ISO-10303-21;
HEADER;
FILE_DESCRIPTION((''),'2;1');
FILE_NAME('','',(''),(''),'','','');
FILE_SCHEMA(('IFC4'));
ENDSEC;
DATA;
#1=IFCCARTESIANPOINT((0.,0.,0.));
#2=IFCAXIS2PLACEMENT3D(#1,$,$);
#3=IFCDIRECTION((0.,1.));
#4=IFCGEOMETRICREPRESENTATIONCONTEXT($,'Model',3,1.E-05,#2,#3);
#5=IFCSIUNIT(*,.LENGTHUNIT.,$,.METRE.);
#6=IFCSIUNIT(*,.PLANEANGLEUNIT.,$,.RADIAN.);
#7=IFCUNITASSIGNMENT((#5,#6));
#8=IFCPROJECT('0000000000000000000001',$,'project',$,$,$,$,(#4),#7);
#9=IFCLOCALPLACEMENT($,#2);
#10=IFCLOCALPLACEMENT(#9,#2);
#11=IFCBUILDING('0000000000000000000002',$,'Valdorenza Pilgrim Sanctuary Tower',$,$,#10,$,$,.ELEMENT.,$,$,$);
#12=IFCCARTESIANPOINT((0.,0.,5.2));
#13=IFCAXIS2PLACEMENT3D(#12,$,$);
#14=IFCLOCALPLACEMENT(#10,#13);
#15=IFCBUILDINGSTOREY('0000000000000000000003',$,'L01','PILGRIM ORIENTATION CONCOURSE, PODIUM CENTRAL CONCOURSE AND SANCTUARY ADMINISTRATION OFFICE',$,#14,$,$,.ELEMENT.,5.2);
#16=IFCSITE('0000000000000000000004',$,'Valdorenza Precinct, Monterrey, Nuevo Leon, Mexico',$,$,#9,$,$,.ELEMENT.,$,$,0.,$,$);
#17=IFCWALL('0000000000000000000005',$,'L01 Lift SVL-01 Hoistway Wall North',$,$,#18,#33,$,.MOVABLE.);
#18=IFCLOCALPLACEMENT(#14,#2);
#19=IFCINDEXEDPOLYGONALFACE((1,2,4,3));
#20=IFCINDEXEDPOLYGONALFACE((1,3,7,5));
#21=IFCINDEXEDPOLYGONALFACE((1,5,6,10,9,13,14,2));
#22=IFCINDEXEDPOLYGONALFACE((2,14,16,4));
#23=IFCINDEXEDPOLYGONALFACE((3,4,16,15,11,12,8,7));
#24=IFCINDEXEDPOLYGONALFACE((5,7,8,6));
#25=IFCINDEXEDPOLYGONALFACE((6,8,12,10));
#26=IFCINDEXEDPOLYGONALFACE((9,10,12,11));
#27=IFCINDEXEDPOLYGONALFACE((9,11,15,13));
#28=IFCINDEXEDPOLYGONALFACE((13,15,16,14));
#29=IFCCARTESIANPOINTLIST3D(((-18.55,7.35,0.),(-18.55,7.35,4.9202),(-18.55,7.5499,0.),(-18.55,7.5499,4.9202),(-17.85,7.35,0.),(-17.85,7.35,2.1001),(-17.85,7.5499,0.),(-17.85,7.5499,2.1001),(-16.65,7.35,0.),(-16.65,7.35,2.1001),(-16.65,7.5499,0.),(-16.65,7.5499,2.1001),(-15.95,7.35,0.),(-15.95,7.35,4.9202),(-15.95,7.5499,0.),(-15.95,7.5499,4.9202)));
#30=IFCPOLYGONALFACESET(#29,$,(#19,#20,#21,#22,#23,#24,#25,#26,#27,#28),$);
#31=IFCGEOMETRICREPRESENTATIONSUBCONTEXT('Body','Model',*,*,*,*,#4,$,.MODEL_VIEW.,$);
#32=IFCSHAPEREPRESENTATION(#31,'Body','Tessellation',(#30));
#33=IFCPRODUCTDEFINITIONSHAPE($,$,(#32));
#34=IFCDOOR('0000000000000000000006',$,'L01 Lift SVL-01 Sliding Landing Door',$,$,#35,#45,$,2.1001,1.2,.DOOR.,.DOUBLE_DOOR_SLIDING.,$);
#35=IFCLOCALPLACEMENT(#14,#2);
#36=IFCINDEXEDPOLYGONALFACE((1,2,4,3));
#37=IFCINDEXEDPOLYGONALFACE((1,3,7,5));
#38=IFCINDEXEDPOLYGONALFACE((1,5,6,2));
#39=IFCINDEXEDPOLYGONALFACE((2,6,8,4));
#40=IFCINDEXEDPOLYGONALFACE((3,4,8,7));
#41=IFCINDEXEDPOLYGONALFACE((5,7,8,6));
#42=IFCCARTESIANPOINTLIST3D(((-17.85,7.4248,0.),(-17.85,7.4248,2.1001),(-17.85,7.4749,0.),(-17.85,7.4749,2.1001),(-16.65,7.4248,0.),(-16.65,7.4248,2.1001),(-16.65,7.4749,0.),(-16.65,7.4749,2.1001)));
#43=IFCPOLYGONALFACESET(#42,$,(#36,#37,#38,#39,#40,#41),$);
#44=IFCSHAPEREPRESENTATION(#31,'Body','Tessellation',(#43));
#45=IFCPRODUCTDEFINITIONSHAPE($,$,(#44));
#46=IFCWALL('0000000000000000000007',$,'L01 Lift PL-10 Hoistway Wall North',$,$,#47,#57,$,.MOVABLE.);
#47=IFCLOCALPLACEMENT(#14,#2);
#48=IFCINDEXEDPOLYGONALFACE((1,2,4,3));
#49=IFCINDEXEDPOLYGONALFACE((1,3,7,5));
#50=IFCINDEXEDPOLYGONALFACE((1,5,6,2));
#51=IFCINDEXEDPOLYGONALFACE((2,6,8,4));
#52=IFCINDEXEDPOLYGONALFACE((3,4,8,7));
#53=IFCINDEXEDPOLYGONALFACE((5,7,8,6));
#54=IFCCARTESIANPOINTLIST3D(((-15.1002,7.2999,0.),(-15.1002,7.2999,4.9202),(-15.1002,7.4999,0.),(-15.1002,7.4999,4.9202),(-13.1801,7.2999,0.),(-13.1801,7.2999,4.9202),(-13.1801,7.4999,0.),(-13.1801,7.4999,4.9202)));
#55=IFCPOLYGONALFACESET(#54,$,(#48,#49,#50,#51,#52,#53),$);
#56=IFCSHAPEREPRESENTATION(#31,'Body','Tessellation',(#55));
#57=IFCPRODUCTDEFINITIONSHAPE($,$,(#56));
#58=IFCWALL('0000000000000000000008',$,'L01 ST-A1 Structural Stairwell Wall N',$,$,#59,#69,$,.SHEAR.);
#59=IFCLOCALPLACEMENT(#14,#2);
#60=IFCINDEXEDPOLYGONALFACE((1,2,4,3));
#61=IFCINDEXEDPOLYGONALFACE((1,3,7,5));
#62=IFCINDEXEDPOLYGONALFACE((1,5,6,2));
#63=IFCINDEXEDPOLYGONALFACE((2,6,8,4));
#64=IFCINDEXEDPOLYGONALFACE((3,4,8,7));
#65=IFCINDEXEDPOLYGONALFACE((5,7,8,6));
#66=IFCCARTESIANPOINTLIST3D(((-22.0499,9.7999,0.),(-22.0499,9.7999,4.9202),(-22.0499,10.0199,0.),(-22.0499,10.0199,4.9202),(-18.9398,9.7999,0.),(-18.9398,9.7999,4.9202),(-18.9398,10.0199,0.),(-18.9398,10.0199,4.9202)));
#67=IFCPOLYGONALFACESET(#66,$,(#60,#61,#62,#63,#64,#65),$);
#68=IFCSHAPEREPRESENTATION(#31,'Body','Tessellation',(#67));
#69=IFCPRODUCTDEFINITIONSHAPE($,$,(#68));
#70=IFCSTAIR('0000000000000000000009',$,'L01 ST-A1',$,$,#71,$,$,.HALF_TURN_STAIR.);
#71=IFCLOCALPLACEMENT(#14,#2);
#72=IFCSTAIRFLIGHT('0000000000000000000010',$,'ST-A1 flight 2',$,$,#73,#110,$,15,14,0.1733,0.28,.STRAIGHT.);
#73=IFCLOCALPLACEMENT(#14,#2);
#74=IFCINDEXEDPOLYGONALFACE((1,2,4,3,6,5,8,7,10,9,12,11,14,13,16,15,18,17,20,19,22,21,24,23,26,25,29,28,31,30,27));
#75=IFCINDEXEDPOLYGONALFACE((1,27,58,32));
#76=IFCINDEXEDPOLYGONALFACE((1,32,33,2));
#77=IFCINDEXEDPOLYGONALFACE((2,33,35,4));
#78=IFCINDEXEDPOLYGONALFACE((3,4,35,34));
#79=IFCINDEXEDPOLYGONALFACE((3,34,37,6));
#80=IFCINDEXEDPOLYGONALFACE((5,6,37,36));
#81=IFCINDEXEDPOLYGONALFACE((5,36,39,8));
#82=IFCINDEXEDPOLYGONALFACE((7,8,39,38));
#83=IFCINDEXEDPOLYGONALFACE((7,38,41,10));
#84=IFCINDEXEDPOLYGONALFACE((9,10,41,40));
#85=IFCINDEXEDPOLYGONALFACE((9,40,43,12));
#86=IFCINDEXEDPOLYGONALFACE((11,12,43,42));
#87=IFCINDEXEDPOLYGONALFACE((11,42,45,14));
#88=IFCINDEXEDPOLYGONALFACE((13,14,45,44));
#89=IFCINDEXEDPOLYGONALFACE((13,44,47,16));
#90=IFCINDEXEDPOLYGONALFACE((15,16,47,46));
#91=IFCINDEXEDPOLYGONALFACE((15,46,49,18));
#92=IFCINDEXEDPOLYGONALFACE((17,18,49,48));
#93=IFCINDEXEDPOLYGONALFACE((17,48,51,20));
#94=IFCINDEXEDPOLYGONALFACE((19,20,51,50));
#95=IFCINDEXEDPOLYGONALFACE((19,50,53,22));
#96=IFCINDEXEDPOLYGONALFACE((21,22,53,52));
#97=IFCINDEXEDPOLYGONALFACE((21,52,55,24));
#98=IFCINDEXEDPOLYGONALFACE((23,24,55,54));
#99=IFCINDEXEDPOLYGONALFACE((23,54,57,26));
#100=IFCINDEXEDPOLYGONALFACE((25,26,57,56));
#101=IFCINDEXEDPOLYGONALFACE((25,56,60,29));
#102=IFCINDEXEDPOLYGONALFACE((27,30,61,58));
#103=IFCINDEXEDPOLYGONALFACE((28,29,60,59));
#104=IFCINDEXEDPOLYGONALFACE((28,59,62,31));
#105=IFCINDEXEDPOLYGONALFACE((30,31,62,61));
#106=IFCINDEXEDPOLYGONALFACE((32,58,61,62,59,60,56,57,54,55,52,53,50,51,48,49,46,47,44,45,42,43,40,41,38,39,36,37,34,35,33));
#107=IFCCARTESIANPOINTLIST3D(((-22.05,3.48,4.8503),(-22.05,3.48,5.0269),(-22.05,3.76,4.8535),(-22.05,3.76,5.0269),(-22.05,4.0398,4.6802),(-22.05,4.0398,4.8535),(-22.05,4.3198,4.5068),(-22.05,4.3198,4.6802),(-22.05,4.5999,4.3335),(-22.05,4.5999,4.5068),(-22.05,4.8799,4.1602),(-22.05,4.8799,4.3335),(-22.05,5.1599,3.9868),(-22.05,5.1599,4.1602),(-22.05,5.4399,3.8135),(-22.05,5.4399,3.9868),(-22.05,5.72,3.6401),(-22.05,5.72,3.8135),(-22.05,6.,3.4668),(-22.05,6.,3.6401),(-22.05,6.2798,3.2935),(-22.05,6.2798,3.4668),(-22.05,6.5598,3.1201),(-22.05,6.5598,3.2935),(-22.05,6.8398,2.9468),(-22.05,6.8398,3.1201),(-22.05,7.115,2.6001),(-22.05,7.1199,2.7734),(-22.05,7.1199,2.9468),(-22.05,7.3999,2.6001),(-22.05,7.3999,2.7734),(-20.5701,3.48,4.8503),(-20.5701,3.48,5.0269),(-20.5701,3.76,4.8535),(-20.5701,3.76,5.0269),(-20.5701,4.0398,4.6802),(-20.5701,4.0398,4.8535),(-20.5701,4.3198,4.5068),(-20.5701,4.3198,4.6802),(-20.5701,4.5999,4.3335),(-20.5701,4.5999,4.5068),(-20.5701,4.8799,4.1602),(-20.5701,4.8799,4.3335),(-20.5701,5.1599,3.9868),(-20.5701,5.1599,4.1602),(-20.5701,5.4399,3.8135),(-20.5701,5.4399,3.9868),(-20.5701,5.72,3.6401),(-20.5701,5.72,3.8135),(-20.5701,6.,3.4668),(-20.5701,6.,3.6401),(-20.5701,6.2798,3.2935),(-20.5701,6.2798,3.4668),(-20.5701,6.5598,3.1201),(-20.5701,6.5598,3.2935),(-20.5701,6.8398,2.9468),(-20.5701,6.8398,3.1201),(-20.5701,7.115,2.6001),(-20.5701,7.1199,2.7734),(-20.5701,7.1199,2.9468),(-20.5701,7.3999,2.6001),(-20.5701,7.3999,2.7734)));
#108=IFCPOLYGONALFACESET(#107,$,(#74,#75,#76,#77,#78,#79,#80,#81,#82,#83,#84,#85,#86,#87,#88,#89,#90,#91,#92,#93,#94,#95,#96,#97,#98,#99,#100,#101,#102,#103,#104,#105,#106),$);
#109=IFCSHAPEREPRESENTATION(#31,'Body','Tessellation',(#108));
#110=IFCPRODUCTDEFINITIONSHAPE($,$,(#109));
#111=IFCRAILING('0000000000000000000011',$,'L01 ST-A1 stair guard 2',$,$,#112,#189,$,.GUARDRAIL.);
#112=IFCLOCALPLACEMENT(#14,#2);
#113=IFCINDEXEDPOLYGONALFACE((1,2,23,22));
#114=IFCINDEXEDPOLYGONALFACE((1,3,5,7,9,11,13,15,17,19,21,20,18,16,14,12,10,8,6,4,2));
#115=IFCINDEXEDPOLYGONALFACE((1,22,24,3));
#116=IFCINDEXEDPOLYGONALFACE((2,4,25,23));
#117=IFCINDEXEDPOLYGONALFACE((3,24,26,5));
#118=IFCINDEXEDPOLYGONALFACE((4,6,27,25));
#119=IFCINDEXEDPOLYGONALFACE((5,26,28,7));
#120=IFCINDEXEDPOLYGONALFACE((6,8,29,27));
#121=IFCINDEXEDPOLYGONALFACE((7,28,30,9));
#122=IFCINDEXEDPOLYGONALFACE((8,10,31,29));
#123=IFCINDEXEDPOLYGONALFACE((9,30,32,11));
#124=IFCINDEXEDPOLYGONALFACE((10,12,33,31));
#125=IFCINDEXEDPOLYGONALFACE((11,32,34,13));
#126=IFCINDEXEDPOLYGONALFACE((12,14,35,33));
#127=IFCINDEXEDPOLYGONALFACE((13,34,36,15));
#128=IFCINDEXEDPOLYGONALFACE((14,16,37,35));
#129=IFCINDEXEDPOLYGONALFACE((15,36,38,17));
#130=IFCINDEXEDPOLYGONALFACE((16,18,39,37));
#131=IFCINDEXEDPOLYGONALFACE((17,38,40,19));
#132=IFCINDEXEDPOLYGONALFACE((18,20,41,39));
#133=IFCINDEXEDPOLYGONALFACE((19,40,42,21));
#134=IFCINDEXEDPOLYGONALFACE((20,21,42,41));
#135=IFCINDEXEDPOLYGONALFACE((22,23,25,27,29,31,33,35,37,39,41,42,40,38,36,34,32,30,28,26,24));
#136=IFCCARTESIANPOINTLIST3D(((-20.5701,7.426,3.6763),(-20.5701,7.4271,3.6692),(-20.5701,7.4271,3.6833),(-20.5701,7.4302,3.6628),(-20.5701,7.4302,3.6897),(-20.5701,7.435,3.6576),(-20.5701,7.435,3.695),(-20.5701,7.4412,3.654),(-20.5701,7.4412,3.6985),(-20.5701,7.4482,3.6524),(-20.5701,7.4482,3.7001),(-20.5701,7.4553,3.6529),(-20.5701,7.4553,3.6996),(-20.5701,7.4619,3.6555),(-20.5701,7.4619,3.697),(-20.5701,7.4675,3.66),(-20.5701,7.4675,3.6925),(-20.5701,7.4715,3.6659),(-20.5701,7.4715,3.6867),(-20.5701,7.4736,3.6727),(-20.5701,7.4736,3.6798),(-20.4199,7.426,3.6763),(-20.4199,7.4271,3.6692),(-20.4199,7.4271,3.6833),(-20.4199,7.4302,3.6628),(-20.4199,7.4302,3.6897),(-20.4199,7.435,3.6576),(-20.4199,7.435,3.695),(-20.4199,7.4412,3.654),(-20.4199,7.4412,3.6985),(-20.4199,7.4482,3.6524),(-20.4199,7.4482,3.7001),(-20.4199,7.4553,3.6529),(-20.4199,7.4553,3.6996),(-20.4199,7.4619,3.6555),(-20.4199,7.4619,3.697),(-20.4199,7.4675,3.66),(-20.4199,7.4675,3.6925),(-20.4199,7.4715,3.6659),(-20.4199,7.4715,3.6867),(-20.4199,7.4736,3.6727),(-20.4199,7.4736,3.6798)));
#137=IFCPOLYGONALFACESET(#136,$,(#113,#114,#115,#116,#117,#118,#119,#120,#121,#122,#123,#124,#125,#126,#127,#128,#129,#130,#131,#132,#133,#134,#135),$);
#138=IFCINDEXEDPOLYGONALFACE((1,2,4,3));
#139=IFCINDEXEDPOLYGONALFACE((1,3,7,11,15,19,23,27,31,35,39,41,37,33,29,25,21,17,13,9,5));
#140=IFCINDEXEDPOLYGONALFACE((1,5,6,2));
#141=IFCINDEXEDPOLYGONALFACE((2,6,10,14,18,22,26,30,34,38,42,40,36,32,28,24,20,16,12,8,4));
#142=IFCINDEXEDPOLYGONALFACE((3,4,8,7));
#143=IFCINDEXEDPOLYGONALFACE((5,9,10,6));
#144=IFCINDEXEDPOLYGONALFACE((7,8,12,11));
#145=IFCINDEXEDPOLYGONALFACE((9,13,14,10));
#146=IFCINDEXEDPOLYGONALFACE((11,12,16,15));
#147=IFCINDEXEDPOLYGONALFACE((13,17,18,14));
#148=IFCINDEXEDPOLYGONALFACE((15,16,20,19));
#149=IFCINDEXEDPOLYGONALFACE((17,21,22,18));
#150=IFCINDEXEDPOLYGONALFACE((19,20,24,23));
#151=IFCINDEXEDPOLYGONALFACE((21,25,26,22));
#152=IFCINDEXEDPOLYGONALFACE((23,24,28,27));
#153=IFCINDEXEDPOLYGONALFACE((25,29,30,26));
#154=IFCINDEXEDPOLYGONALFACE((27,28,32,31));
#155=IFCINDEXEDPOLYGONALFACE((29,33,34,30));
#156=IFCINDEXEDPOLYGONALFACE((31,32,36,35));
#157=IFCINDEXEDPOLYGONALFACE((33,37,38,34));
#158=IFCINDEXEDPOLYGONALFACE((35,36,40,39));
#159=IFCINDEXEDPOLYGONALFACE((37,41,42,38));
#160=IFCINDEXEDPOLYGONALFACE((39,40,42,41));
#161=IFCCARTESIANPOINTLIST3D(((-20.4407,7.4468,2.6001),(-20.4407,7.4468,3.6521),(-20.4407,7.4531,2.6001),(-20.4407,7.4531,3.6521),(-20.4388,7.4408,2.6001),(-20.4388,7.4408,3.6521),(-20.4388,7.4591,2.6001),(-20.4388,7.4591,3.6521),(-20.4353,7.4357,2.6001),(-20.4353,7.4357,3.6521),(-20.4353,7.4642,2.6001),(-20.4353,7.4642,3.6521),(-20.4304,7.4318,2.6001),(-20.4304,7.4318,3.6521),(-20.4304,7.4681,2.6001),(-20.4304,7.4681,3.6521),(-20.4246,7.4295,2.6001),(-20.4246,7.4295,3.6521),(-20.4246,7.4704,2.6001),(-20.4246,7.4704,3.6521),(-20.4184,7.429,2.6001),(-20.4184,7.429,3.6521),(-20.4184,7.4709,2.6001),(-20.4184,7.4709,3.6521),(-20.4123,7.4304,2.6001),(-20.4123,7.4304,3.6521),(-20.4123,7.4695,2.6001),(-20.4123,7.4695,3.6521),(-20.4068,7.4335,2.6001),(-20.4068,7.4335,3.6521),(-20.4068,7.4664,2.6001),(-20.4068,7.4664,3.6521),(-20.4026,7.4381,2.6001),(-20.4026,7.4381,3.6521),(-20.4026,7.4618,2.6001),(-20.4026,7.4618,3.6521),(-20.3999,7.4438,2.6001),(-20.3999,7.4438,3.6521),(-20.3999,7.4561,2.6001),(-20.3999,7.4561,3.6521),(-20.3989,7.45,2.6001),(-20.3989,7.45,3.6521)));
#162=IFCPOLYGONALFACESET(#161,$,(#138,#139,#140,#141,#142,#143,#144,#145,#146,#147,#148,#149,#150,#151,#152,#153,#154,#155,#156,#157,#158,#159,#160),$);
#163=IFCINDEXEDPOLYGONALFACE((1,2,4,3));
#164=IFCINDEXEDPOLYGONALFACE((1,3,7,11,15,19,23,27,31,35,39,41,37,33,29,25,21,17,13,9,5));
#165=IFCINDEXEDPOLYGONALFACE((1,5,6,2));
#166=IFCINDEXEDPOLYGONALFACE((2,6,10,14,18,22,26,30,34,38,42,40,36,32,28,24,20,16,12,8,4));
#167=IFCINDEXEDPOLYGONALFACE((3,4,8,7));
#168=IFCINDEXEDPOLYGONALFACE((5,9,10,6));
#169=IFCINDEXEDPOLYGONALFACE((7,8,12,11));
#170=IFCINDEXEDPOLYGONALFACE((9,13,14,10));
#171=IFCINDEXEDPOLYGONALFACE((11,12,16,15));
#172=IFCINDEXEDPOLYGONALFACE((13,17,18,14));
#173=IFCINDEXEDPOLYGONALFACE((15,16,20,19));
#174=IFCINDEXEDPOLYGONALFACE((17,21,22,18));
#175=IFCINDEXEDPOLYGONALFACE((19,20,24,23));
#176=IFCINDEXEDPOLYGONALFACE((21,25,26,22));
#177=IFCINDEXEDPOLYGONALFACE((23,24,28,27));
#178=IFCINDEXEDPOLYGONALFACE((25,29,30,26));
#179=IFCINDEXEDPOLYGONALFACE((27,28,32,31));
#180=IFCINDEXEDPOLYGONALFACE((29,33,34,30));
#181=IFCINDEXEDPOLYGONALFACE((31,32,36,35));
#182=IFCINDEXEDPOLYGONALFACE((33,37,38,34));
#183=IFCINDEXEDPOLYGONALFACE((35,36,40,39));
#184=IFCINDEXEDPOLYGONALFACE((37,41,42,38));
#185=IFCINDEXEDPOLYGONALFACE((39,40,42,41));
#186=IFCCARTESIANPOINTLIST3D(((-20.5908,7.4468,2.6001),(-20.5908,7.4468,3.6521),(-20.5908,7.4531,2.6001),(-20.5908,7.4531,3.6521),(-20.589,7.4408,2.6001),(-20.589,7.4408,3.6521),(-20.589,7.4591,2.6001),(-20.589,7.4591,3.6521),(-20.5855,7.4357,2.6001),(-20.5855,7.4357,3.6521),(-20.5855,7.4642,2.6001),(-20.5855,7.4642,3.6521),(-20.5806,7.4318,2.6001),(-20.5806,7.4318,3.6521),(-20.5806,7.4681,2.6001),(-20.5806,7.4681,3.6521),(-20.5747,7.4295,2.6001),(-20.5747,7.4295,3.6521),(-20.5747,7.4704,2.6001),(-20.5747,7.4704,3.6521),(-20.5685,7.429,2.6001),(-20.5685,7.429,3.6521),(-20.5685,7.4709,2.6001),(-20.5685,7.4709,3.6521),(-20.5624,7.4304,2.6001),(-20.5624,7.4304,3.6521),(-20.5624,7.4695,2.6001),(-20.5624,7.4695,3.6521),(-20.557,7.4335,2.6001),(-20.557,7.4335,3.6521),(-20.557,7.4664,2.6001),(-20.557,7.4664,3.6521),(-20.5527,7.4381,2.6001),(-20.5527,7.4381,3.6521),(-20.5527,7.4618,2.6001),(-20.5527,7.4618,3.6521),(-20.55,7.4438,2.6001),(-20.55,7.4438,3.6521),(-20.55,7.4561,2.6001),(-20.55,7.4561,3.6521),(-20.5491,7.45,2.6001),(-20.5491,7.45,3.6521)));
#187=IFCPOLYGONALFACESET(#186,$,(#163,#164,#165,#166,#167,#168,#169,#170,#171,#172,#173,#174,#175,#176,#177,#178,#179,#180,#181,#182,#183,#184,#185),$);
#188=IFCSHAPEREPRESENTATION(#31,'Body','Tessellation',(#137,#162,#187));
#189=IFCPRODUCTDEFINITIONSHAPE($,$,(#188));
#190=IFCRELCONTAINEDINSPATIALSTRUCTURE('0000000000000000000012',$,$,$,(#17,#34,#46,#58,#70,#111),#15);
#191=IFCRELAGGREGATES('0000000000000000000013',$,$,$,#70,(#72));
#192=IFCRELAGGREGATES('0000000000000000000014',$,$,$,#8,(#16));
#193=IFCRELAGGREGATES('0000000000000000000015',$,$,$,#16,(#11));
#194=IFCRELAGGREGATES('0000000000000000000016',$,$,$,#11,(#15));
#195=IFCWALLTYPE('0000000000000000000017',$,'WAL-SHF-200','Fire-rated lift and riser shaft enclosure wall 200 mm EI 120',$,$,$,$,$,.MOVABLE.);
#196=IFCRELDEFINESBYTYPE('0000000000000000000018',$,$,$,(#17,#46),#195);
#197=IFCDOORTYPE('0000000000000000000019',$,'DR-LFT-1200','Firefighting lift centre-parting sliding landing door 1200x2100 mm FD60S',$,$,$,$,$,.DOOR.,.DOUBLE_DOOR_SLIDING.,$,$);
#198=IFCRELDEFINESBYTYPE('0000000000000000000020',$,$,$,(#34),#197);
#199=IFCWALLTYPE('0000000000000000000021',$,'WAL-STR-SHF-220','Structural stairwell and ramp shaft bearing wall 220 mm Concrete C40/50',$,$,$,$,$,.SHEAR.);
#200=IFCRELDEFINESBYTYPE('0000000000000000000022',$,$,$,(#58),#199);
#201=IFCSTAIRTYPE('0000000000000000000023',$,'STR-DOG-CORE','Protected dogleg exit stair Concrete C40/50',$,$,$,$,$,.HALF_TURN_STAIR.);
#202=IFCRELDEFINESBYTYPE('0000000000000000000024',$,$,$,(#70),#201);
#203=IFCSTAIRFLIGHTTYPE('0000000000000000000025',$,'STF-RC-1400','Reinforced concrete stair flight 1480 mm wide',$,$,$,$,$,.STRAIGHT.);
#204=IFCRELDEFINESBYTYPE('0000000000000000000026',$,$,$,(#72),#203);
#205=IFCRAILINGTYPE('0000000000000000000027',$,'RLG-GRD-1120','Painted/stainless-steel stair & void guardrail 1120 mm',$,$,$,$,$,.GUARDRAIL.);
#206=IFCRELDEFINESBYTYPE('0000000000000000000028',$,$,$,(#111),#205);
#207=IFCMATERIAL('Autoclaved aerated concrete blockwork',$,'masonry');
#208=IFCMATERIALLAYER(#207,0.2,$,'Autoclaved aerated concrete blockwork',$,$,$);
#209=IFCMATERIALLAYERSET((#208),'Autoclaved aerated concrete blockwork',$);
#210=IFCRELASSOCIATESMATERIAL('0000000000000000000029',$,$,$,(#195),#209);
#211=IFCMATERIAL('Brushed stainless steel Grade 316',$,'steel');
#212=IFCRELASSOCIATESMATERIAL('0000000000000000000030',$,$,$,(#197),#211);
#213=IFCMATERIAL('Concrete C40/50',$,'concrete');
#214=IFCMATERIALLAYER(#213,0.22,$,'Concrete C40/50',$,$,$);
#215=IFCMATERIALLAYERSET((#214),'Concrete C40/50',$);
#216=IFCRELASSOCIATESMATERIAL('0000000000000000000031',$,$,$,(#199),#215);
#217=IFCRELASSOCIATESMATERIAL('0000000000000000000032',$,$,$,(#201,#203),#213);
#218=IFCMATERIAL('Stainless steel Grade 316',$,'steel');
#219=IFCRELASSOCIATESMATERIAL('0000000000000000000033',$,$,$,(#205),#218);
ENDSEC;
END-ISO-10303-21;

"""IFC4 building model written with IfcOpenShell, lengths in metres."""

from ifc_helpers import new_model, si_unit, direction, frame, frame_2d, origin, origin_2d, place, context, subcontext, project, spatial, polyline, rectangle, circle, outline, extrude, material, layer, layer_set, type_object, element, fill, aggregate, save


model = new_model("IFC4")

# Units and contexts
model_context = context("Model", 3, precision=1e-05, world=origin(), true_north=direction((0.0, 1.0)))
body_context = subcontext(model_context, "Body", "Model", "MODEL_VIEW")
ifc_project = project(units=[si_unit("LENGTHUNIT", "METRE"), si_unit("PLANEANGLEUNIT", "RADIAN")], contexts=[model_context])

# Site, building, storey
site_placement = place(None, origin())
site = spatial("IfcSite", under=ifc_project, at=site_placement, Name="Valdorenza Precinct, Monterrey, Nuevo Leon, Mexico", CompositionType="ELEMENT", RefElevation=0.0)
building_placement = place(site_placement, origin())
building = spatial("IfcBuilding", under=site, at=building_placement, Name="Valdorenza Pilgrim Sanctuary Tower", CompositionType="ELEMENT")
storey_placement = place(building_placement, frame((0.0, 0.0, 5.2)))
storey = spatial("IfcBuildingStorey", under=building, at=storey_placement, Name="L01", Description="PILGRIM ORIENTATION CONCOURSE, PODIUM CENTRAL CONCOURSE AND SANCTUARY ADMINISTRATION OFFICE", CompositionType="ELEMENT", Elevation=5.2)

# Wall, opening, door
ifc_material_1 = material(Name="Autoclaved aerated concrete blockwork", Category="masonry")
ifc_layer_1 = layer(ifc_material_1, 0.2, Name="Autoclaved aerated concrete blockwork")
ifc_layer_set_1 = layer_set([ifc_layer_1], Name="Autoclaved aerated concrete blockwork")
wall_type_1 = type_object("IfcWallType", Name="WAL-SHF-200", Description="Fire-rated lift and riser shaft enclosure wall 200 mm EI 120", PredefinedType="MOVABLE", material=ifc_layer_set_1)
wall_1_placement = place(storey_placement, frame((-18.55, 7.45, 0.0), z_axis=(0.0, 0.0, 1.0), x_axis=(1.0, 0.0, 0.0)))
wall_1 = element("IfcWall", 1, at=wall_1_placement, inside=storey, type_object=wall_type_1, Name="L01 Lift SVL-01 Hoistway Wall North", PredefinedType="MOVABLE", context=body_context, shape_type="SweptSolid", body=[
    extrude(rectangle(XDim=2.6001, YDim=0.2, at=frame_2d((1.3, 0.0))), origin(), (0.0, 0.0, 1.0), 4.9202),
])
opening_1_placement = place(wall_1_placement, frame((0.7, 0.0, 0.0)))
opening_1 = element("IfcOpeningElement", 2, at=opening_1_placement, cuts=wall_1, PredefinedType="OPENING", context=body_context, shape_type="SweptSolid", body=[
    extrude(rectangle(XDim=1.2, YDim=2.1001, at=frame_2d((0.6001, 1.05))), frame((0.0, 0.1147, 0.0), z_axis=(0.0, -1.0, 0.0), x_axis=(1.0, 0.0, 0.0)), (0.0, 0.0, 1.0), 0.2297),
])
ifc_material_2 = material(Name="Brushed stainless steel Grade 316", Category="steel")
door_type_1 = type_object("IfcDoorType", Name="DR-LFT-1200", Description="Firefighting lift centre-parting sliding landing door 1200x2100 mm FD60S", OperationType="DOUBLE_DOOR_SLIDING", PredefinedType="DOOR", material=ifc_material_2)
door_1_placement = place(opening_1_placement, origin())
door_1 = element("IfcDoor", 3, at=door_1_placement, inside=storey, type_object=door_type_1, Name="L01 Lift SVL-01 Sliding Landing Door", OperationType="DOUBLE_DOOR_SLIDING", OverallHeight=2.1001, OverallWidth=1.2, PredefinedType="DOOR", context=body_context, shape_type="SweptSolid", body=[
    extrude(rectangle(XDim=1.2, YDim=2.1001, at=frame_2d((0.6001, 1.05))), frame((0.0, 0.0249, 0.0), z_axis=(0.0, -1.0, 0.0), x_axis=(1.0, 0.0, 0.0)), (0.0, 0.0, 1.0), 0.05),
])
fill(opening_1, door_1)

# Walls
wall_2_placement = place(storey_placement, frame((-15.1001, 7.3999, 0.0), z_axis=(0.0, 0.0, 1.0), x_axis=(1.0, 0.0, 0.0)))
element("IfcWall", 4, at=wall_2_placement, inside=storey, type_object=wall_type_1, Name="L01 Lift PL-10 Hoistway Wall North", PredefinedType="MOVABLE", context=body_context, shape_type="SweptSolid", body=[
    extrude(rectangle(XDim=1.9202, YDim=0.2, at=frame_2d((0.96, 0.0))), origin(), (0.0, 0.0, 1.0), 4.9202),
])
ifc_material_3 = material(Name="Concrete C40/50", Category="concrete")
ifc_layer_2 = layer(ifc_material_3, 0.22, Name="Concrete C40/50")
ifc_layer_set_2 = layer_set([ifc_layer_2], Name="Concrete C40/50")
wall_type_2 = type_object("IfcWallType", Name="WAL-STR-SHF-220", Description="Structural stairwell and ramp shaft bearing wall 220 mm Concrete C40/50", PredefinedType="SHEAR", material=ifc_layer_set_2)
wall_3_placement = place(storey_placement, frame((-22.05, 9.9099, 0.0), z_axis=(0.0, 0.0, 1.0), x_axis=(1.0, 0.0, 0.0)))
element("IfcWall", 5, at=wall_3_placement, inside=storey, type_object=wall_type_2, Name="L01 ST-A1 Structural Stairwell Wall N", PredefinedType="SHEAR", context=body_context, shape_type="SweptSolid", body=[
    extrude(rectangle(XDim=3.1101, YDim=0.22, at=frame_2d((1.5552, 0.0))), origin(), (0.0, 0.0, 1.0), 4.9202),
])

# Stair, stair flight
stair_type = type_object("IfcStairType", Name="STR-DOG-CORE", Description="Protected dogleg exit stair Concrete C40/50", PredefinedType="HALF_TURN_STAIR", material=ifc_material_3)
stair_placement = place(storey_placement, origin())
stair = element("IfcStair", 6, at=stair_placement, inside=storey, type_object=stair_type, Name="L01 ST-A1", PredefinedType="HALF_TURN_STAIR")
stair_flight_type = type_object("IfcStairFlightType", Name="STF-RC-1400", Description="Reinforced concrete stair flight 1480 mm wide", PredefinedType="STRAIGHT", material=ifc_material_3)
stair_flight_placement = place(storey_placement, frame((-21.3101, 7.3999, 2.6001), z_axis=(0.0, 0.0, 1.0), x_axis=(0.0, -1.0, 0.0)))
stair_flight = element("IfcStairFlight", 7, at=stair_flight_placement, type_object=stair_flight_type, Name="ST-A1 flight 2", NumberOfRisers=15, NumberOfTreads=14, PredefinedType="STRAIGHT", RiserHeight=0.1733, TreadLength=0.28, context=body_context, shape_type="SweptSolid", body=[
    extrude(outline(polyline([(0.0, 0.0), (0.0, 0.1733), (0.28, 0.1733), (0.28, 0.3467), (0.5601, 0.3467), (0.5601, 0.52), (0.8401, 0.52), (0.8401, 0.6934), (1.1201, 0.6934), (1.1201, 0.8667), (1.3999, 0.8667), (1.3999, 1.04), (1.6799, 1.04), (1.6799, 1.2134), (1.96, 1.2134), (1.96, 1.3867), (2.24, 1.3867), (2.24, 1.5601), (2.52, 1.5601), (2.52, 1.7334), (2.8, 1.7334), (2.8, 1.9067), (3.0801, 1.9067), (3.0801, 2.0801), (3.3601, 2.0801), (3.3601, 2.2534), (3.6399, 2.2534), (3.6399, 2.4268), (3.9199, 2.4268), (3.9199, 2.6001), (3.9199, 2.2502), (0.2849, 0.0), (0.0, 0.0)])), frame((0.0, 0.74, 0.0), z_axis=(0.0, -1.0, 0.0), x_axis=(1.0, 0.0, 0.0)), (0.0, 0.0, 1.0), 1.48),
])
aggregate(stair, [stair_flight])

# Railing
ifc_material_4 = material(Name="Stainless steel Grade 316", Category="steel")
railing_type = type_object("IfcRailingType", Name="RLG-GRD-1120", Description="Painted/stainless-steel stair & void guardrail 1120 mm", PredefinedType="GUARDRAIL", material=ifc_material_4)
railing_1_placement = place(storey_placement, frame((-20.4199, 7.45, 2.6001)))
element("IfcRailing", 8, at=railing_1_placement, inside=storey, type_object=railing_type, Name="L01 ST-A1 stair guard 2", PredefinedType="GUARDRAIL", context=body_context, shape_type="SweptSolid", body=[
    extrude(circle(Radius=0.0239, at=origin_2d()), frame((0.0, 0.0, 1.0762), z_axis=(-1.0, 0.0, 0.0), x_axis=(0.0, -1.0, 0.0)), (0.0, 0.0, 1.0), 0.1501),
    extrude(circle(Radius=0.021, at=origin_2d()), origin(), (0.0, 0.0, 1.0), 1.052),
    extrude(circle(Radius=0.021, at=origin_2d()), frame((-0.1501, 0.0, 0.0)), (0.0, 0.0, 1.0), 1.052),
])

save(model, "model.ifc")
